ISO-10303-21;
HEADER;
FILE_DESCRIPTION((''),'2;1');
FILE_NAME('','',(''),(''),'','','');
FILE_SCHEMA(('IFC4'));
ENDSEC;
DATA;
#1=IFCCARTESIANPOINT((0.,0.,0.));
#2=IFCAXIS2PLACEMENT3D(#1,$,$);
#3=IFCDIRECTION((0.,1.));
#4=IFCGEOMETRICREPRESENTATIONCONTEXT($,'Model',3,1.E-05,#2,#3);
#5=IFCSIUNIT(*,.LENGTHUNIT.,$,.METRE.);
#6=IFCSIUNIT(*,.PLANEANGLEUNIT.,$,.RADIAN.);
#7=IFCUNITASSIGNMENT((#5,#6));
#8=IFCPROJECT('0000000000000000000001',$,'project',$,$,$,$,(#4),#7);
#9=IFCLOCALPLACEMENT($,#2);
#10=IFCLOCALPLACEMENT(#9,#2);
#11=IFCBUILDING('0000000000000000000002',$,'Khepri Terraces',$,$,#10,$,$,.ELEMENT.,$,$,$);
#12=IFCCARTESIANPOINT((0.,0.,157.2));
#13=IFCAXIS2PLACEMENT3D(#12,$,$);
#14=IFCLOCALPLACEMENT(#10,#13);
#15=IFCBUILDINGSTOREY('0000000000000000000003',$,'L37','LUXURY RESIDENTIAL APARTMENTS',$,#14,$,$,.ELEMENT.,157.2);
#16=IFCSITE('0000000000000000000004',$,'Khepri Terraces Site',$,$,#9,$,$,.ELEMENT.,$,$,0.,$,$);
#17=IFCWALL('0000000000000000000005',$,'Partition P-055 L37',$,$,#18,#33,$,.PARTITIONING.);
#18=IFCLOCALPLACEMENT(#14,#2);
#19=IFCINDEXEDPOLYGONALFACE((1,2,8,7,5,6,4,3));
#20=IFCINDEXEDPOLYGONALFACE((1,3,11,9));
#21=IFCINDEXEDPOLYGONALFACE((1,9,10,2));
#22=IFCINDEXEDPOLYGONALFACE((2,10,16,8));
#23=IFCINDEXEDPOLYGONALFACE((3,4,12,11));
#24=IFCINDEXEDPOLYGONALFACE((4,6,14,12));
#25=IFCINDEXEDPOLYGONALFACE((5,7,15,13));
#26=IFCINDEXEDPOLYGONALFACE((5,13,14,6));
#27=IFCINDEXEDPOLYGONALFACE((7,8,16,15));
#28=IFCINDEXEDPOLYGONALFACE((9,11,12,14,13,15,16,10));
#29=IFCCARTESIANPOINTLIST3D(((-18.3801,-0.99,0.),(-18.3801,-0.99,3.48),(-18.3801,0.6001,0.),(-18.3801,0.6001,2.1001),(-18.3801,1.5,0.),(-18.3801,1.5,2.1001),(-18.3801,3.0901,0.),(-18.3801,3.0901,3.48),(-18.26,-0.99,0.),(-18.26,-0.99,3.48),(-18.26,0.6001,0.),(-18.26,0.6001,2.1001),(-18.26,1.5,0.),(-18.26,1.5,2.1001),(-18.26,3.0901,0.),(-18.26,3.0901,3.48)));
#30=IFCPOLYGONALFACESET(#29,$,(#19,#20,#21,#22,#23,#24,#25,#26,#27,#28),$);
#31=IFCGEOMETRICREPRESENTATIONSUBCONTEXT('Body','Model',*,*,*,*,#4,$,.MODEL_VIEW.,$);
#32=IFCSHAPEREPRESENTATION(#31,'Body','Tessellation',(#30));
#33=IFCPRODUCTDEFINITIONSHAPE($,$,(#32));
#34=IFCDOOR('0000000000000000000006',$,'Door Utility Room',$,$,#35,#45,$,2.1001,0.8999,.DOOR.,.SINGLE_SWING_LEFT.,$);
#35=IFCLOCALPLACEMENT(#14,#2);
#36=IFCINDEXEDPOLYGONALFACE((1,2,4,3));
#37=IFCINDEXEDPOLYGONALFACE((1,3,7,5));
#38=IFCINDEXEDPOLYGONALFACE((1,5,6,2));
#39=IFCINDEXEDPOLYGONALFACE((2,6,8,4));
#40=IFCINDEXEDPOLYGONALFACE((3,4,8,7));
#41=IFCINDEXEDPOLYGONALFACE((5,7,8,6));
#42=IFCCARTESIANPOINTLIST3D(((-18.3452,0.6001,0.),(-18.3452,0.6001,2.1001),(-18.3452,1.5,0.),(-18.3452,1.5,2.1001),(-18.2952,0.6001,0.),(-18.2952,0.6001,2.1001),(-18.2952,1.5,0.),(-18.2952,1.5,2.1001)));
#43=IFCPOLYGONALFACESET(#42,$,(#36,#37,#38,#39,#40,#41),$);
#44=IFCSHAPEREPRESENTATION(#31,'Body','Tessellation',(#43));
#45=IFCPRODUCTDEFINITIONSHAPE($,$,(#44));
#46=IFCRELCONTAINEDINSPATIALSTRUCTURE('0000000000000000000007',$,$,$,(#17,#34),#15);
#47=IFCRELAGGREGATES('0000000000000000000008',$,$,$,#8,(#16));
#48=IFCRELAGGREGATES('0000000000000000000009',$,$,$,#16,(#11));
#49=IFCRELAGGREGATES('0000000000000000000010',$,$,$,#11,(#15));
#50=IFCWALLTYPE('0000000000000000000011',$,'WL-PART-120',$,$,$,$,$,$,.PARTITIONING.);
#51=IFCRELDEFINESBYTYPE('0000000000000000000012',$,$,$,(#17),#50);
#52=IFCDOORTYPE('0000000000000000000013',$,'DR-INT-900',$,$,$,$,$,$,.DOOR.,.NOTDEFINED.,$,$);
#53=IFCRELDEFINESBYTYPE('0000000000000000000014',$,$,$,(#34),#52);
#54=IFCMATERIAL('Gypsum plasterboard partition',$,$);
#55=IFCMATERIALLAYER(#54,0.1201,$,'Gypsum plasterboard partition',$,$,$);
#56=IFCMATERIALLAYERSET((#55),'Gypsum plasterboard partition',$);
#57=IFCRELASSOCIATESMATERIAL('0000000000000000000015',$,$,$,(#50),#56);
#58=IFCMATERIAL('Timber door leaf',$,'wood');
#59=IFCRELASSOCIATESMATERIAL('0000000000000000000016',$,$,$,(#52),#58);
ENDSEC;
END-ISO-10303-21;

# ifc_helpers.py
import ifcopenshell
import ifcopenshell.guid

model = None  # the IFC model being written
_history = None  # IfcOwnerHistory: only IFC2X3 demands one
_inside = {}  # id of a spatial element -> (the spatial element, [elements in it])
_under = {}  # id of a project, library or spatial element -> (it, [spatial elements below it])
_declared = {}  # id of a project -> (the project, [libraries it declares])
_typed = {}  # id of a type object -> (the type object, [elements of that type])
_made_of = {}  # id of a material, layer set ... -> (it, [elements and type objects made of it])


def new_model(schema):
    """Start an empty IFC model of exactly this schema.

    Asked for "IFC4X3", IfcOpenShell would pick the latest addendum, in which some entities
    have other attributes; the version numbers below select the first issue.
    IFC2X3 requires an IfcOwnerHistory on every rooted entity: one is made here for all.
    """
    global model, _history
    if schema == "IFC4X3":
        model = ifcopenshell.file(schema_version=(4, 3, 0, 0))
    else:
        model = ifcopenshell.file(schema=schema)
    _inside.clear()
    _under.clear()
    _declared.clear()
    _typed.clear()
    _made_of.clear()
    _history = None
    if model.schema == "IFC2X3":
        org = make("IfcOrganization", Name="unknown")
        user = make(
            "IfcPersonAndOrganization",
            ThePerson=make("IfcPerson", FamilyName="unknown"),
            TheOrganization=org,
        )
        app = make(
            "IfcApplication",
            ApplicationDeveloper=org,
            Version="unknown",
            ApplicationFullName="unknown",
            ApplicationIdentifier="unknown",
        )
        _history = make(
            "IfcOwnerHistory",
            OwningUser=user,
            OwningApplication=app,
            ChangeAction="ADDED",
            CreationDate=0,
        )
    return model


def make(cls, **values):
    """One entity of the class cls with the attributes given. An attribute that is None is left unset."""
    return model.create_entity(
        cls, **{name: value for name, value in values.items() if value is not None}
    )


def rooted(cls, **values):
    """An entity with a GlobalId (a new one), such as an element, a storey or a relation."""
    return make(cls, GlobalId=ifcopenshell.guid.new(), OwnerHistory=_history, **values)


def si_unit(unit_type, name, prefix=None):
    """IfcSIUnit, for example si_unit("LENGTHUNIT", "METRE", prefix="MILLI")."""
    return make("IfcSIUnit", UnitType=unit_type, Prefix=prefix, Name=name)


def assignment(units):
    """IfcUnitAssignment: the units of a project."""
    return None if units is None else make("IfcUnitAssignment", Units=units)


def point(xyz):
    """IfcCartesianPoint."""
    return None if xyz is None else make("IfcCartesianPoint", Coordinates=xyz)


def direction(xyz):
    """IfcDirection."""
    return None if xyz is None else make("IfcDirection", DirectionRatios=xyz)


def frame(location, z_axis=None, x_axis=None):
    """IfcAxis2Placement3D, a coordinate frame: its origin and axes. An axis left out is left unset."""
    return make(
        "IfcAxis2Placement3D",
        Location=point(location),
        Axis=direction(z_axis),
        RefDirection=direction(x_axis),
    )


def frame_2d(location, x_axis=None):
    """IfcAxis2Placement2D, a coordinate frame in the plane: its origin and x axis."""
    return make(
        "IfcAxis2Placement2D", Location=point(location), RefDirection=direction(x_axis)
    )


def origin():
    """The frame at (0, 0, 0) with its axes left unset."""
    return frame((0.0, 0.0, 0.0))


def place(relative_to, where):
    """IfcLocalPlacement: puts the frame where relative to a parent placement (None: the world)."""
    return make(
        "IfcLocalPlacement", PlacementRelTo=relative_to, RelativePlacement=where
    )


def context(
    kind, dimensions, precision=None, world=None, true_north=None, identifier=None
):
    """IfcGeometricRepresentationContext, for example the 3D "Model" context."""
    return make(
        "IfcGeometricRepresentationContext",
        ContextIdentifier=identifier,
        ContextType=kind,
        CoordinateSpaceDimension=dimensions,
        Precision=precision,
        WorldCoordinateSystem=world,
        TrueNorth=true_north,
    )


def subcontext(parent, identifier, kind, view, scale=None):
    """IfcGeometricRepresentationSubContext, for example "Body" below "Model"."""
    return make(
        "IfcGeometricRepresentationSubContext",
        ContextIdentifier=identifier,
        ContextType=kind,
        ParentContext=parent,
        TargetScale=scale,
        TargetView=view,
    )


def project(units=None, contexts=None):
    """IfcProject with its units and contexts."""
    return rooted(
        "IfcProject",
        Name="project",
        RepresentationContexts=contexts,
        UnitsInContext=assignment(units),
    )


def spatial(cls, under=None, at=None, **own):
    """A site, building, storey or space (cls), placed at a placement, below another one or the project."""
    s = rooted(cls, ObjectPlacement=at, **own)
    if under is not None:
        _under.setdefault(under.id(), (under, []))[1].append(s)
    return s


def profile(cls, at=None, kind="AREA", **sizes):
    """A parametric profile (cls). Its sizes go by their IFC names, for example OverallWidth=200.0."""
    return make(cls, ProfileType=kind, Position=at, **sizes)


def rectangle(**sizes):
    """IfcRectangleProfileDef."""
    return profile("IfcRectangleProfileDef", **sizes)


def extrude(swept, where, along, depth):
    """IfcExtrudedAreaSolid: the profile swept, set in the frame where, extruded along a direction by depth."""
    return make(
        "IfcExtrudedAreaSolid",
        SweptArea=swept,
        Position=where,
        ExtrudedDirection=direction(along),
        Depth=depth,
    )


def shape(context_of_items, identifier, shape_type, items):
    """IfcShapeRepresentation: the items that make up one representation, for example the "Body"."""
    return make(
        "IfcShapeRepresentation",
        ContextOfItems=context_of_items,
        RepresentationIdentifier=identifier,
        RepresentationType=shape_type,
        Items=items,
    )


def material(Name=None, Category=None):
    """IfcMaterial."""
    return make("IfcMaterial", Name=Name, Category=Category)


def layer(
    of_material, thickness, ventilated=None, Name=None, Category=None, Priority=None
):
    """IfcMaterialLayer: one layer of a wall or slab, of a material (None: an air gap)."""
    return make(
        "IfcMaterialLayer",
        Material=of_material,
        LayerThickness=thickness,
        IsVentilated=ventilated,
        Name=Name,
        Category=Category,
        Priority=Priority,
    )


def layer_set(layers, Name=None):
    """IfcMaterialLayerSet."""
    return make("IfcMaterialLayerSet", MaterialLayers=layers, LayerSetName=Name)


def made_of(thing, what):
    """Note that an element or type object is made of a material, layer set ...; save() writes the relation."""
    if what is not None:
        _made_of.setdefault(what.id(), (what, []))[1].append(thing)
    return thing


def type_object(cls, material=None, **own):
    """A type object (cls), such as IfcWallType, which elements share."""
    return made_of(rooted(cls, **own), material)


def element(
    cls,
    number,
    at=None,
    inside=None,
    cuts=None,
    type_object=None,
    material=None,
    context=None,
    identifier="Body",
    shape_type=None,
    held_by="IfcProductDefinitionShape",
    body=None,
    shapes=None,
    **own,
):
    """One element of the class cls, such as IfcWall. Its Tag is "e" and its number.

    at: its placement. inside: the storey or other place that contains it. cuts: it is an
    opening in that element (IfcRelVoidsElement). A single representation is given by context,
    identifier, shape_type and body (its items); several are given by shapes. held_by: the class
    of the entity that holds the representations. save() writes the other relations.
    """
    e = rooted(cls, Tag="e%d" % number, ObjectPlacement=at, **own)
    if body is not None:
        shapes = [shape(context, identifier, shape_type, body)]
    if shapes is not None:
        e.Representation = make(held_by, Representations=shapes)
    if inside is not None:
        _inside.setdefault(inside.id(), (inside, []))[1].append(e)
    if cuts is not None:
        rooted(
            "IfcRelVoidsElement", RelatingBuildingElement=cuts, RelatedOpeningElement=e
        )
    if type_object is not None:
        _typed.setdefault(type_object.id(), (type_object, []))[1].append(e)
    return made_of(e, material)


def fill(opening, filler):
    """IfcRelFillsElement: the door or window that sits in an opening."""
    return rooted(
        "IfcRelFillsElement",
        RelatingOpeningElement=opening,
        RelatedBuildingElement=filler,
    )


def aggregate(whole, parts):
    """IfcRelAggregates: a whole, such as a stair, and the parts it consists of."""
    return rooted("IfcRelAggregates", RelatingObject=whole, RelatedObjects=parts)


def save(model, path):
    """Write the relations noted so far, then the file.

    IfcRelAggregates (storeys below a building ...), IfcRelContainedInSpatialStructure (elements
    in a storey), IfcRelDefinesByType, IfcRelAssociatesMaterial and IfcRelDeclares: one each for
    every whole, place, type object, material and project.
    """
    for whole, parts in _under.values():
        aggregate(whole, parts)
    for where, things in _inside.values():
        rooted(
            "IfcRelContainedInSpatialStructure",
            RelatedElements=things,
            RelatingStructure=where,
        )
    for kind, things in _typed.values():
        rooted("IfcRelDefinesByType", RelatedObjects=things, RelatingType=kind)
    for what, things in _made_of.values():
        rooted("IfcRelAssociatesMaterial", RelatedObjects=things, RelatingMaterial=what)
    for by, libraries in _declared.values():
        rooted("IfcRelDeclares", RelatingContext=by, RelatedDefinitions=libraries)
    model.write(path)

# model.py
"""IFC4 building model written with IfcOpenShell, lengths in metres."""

from ifc_helpers import new_model, si_unit, direction, frame, frame_2d, origin, place, context, subcontext, project, spatial, rectangle, extrude, material, layer, layer_set, type_object, element, fill, save


model = new_model("IFC4")

# Units and contexts
model_context = context("Model", 3, precision=1e-05, world=origin(), true_north=direction((0.0, 1.0)))
body_context = subcontext(model_context, "Body", "Model", "MODEL_VIEW")
ifc_project = project(units=[si_unit("LENGTHUNIT", "METRE"), si_unit("PLANEANGLEUNIT", "RADIAN")], contexts=[model_context])

# Site, building, storey
site_placement = place(None, origin())
site = spatial("IfcSite", under=ifc_project, at=site_placement, Name="Khepri Terraces Site", CompositionType="ELEMENT", RefElevation=0.0)
building_placement = place(site_placement, origin())
building = spatial("IfcBuilding", under=site, at=building_placement, Name="Khepri Terraces", CompositionType="ELEMENT")
storey_placement = place(building_placement, frame((0.0, 0.0, 157.2)))
storey = spatial("IfcBuildingStorey", under=building, at=storey_placement, Name="L37", Description="LUXURY RESIDENTIAL APARTMENTS", CompositionType="ELEMENT", Elevation=157.2)

# Wall, opening, door
ifc_material_1 = material(Name="Gypsum plasterboard partition")
ifc_layer_1 = layer(ifc_material_1, 0.1201, Name="Gypsum plasterboard partition")
ifc_layer_set_1 = layer_set([ifc_layer_1], Name="Gypsum plasterboard partition")
wall_type_1 = type_object("IfcWallType", Name="WL-PART-120", PredefinedType="PARTITIONING", material=ifc_layer_set_1)
wall_1_placement = place(storey_placement, frame((-18.3201, -0.99, 0.0), z_axis=(0.0, 0.0, 1.0), x_axis=(0.0, 1.0, 0.0)))
wall_1 = element("IfcWall", 1, at=wall_1_placement, inside=storey, type_object=wall_type_1, Name="Partition P-055 L37", PredefinedType="PARTITIONING", context=body_context, shape_type="SweptSolid", body=[
    extrude(rectangle(XDim=4.0801, YDim=0.1201, at=frame_2d((2.04, 0.0))), origin(), (0.0, 0.0, 1.0), 3.48),
])
opening_1_placement = place(wall_1_placement, frame((1.5901, 0.0, 0.0)))
opening_1 = element("IfcOpeningElement", 2, at=opening_1_placement, cuts=wall_1, PredefinedType="OPENING", context=body_context, shape_type="SweptSolid", body=[
    extrude(rectangle(XDim=0.8999, YDim=2.1001, at=frame_2d((0.45, 1.05))), frame((0.0, 0.0701, 0.0), z_axis=(0.0, -1.0, 0.0), x_axis=(1.0, 0.0, 0.0)), (0.0, 0.0, 1.0), 0.1401),
])
ifc_material_2 = material(Name="Timber door leaf", Category="wood")
door_type_1 = type_object("IfcDoorType", Name="DR-INT-900", OperationType="NOTDEFINED", PredefinedType="DOOR", material=ifc_material_2)
door_1_placement = place(opening_1_placement, frame((0.8999, 0.0, 0.0), z_axis=(0.0, 0.0, 1.0), x_axis=(-1.0, 0.0, 0.0)))
door_1 = element("IfcDoor", 3, at=door_1_placement, inside=storey, type_object=door_type_1, Name="Door Utility Room", OperationType="SINGLE_SWING_LEFT", OverallHeight=2.1001, OverallWidth=0.8999, PredefinedType="DOOR", context=body_context, shape_type="SweptSolid", body=[
    extrude(rectangle(XDim=0.8999, YDim=2.1001, at=frame_2d((0.45, 1.05))), frame((0.0, 0.0249, 0.0), z_axis=(0.0, -1.0, 0.0), x_axis=(1.0, 0.0, 0.0)), (0.0, 0.0, 1.0), 0.05),
])
fill(opening_1, door_1)

save(model, "model.ifc")
